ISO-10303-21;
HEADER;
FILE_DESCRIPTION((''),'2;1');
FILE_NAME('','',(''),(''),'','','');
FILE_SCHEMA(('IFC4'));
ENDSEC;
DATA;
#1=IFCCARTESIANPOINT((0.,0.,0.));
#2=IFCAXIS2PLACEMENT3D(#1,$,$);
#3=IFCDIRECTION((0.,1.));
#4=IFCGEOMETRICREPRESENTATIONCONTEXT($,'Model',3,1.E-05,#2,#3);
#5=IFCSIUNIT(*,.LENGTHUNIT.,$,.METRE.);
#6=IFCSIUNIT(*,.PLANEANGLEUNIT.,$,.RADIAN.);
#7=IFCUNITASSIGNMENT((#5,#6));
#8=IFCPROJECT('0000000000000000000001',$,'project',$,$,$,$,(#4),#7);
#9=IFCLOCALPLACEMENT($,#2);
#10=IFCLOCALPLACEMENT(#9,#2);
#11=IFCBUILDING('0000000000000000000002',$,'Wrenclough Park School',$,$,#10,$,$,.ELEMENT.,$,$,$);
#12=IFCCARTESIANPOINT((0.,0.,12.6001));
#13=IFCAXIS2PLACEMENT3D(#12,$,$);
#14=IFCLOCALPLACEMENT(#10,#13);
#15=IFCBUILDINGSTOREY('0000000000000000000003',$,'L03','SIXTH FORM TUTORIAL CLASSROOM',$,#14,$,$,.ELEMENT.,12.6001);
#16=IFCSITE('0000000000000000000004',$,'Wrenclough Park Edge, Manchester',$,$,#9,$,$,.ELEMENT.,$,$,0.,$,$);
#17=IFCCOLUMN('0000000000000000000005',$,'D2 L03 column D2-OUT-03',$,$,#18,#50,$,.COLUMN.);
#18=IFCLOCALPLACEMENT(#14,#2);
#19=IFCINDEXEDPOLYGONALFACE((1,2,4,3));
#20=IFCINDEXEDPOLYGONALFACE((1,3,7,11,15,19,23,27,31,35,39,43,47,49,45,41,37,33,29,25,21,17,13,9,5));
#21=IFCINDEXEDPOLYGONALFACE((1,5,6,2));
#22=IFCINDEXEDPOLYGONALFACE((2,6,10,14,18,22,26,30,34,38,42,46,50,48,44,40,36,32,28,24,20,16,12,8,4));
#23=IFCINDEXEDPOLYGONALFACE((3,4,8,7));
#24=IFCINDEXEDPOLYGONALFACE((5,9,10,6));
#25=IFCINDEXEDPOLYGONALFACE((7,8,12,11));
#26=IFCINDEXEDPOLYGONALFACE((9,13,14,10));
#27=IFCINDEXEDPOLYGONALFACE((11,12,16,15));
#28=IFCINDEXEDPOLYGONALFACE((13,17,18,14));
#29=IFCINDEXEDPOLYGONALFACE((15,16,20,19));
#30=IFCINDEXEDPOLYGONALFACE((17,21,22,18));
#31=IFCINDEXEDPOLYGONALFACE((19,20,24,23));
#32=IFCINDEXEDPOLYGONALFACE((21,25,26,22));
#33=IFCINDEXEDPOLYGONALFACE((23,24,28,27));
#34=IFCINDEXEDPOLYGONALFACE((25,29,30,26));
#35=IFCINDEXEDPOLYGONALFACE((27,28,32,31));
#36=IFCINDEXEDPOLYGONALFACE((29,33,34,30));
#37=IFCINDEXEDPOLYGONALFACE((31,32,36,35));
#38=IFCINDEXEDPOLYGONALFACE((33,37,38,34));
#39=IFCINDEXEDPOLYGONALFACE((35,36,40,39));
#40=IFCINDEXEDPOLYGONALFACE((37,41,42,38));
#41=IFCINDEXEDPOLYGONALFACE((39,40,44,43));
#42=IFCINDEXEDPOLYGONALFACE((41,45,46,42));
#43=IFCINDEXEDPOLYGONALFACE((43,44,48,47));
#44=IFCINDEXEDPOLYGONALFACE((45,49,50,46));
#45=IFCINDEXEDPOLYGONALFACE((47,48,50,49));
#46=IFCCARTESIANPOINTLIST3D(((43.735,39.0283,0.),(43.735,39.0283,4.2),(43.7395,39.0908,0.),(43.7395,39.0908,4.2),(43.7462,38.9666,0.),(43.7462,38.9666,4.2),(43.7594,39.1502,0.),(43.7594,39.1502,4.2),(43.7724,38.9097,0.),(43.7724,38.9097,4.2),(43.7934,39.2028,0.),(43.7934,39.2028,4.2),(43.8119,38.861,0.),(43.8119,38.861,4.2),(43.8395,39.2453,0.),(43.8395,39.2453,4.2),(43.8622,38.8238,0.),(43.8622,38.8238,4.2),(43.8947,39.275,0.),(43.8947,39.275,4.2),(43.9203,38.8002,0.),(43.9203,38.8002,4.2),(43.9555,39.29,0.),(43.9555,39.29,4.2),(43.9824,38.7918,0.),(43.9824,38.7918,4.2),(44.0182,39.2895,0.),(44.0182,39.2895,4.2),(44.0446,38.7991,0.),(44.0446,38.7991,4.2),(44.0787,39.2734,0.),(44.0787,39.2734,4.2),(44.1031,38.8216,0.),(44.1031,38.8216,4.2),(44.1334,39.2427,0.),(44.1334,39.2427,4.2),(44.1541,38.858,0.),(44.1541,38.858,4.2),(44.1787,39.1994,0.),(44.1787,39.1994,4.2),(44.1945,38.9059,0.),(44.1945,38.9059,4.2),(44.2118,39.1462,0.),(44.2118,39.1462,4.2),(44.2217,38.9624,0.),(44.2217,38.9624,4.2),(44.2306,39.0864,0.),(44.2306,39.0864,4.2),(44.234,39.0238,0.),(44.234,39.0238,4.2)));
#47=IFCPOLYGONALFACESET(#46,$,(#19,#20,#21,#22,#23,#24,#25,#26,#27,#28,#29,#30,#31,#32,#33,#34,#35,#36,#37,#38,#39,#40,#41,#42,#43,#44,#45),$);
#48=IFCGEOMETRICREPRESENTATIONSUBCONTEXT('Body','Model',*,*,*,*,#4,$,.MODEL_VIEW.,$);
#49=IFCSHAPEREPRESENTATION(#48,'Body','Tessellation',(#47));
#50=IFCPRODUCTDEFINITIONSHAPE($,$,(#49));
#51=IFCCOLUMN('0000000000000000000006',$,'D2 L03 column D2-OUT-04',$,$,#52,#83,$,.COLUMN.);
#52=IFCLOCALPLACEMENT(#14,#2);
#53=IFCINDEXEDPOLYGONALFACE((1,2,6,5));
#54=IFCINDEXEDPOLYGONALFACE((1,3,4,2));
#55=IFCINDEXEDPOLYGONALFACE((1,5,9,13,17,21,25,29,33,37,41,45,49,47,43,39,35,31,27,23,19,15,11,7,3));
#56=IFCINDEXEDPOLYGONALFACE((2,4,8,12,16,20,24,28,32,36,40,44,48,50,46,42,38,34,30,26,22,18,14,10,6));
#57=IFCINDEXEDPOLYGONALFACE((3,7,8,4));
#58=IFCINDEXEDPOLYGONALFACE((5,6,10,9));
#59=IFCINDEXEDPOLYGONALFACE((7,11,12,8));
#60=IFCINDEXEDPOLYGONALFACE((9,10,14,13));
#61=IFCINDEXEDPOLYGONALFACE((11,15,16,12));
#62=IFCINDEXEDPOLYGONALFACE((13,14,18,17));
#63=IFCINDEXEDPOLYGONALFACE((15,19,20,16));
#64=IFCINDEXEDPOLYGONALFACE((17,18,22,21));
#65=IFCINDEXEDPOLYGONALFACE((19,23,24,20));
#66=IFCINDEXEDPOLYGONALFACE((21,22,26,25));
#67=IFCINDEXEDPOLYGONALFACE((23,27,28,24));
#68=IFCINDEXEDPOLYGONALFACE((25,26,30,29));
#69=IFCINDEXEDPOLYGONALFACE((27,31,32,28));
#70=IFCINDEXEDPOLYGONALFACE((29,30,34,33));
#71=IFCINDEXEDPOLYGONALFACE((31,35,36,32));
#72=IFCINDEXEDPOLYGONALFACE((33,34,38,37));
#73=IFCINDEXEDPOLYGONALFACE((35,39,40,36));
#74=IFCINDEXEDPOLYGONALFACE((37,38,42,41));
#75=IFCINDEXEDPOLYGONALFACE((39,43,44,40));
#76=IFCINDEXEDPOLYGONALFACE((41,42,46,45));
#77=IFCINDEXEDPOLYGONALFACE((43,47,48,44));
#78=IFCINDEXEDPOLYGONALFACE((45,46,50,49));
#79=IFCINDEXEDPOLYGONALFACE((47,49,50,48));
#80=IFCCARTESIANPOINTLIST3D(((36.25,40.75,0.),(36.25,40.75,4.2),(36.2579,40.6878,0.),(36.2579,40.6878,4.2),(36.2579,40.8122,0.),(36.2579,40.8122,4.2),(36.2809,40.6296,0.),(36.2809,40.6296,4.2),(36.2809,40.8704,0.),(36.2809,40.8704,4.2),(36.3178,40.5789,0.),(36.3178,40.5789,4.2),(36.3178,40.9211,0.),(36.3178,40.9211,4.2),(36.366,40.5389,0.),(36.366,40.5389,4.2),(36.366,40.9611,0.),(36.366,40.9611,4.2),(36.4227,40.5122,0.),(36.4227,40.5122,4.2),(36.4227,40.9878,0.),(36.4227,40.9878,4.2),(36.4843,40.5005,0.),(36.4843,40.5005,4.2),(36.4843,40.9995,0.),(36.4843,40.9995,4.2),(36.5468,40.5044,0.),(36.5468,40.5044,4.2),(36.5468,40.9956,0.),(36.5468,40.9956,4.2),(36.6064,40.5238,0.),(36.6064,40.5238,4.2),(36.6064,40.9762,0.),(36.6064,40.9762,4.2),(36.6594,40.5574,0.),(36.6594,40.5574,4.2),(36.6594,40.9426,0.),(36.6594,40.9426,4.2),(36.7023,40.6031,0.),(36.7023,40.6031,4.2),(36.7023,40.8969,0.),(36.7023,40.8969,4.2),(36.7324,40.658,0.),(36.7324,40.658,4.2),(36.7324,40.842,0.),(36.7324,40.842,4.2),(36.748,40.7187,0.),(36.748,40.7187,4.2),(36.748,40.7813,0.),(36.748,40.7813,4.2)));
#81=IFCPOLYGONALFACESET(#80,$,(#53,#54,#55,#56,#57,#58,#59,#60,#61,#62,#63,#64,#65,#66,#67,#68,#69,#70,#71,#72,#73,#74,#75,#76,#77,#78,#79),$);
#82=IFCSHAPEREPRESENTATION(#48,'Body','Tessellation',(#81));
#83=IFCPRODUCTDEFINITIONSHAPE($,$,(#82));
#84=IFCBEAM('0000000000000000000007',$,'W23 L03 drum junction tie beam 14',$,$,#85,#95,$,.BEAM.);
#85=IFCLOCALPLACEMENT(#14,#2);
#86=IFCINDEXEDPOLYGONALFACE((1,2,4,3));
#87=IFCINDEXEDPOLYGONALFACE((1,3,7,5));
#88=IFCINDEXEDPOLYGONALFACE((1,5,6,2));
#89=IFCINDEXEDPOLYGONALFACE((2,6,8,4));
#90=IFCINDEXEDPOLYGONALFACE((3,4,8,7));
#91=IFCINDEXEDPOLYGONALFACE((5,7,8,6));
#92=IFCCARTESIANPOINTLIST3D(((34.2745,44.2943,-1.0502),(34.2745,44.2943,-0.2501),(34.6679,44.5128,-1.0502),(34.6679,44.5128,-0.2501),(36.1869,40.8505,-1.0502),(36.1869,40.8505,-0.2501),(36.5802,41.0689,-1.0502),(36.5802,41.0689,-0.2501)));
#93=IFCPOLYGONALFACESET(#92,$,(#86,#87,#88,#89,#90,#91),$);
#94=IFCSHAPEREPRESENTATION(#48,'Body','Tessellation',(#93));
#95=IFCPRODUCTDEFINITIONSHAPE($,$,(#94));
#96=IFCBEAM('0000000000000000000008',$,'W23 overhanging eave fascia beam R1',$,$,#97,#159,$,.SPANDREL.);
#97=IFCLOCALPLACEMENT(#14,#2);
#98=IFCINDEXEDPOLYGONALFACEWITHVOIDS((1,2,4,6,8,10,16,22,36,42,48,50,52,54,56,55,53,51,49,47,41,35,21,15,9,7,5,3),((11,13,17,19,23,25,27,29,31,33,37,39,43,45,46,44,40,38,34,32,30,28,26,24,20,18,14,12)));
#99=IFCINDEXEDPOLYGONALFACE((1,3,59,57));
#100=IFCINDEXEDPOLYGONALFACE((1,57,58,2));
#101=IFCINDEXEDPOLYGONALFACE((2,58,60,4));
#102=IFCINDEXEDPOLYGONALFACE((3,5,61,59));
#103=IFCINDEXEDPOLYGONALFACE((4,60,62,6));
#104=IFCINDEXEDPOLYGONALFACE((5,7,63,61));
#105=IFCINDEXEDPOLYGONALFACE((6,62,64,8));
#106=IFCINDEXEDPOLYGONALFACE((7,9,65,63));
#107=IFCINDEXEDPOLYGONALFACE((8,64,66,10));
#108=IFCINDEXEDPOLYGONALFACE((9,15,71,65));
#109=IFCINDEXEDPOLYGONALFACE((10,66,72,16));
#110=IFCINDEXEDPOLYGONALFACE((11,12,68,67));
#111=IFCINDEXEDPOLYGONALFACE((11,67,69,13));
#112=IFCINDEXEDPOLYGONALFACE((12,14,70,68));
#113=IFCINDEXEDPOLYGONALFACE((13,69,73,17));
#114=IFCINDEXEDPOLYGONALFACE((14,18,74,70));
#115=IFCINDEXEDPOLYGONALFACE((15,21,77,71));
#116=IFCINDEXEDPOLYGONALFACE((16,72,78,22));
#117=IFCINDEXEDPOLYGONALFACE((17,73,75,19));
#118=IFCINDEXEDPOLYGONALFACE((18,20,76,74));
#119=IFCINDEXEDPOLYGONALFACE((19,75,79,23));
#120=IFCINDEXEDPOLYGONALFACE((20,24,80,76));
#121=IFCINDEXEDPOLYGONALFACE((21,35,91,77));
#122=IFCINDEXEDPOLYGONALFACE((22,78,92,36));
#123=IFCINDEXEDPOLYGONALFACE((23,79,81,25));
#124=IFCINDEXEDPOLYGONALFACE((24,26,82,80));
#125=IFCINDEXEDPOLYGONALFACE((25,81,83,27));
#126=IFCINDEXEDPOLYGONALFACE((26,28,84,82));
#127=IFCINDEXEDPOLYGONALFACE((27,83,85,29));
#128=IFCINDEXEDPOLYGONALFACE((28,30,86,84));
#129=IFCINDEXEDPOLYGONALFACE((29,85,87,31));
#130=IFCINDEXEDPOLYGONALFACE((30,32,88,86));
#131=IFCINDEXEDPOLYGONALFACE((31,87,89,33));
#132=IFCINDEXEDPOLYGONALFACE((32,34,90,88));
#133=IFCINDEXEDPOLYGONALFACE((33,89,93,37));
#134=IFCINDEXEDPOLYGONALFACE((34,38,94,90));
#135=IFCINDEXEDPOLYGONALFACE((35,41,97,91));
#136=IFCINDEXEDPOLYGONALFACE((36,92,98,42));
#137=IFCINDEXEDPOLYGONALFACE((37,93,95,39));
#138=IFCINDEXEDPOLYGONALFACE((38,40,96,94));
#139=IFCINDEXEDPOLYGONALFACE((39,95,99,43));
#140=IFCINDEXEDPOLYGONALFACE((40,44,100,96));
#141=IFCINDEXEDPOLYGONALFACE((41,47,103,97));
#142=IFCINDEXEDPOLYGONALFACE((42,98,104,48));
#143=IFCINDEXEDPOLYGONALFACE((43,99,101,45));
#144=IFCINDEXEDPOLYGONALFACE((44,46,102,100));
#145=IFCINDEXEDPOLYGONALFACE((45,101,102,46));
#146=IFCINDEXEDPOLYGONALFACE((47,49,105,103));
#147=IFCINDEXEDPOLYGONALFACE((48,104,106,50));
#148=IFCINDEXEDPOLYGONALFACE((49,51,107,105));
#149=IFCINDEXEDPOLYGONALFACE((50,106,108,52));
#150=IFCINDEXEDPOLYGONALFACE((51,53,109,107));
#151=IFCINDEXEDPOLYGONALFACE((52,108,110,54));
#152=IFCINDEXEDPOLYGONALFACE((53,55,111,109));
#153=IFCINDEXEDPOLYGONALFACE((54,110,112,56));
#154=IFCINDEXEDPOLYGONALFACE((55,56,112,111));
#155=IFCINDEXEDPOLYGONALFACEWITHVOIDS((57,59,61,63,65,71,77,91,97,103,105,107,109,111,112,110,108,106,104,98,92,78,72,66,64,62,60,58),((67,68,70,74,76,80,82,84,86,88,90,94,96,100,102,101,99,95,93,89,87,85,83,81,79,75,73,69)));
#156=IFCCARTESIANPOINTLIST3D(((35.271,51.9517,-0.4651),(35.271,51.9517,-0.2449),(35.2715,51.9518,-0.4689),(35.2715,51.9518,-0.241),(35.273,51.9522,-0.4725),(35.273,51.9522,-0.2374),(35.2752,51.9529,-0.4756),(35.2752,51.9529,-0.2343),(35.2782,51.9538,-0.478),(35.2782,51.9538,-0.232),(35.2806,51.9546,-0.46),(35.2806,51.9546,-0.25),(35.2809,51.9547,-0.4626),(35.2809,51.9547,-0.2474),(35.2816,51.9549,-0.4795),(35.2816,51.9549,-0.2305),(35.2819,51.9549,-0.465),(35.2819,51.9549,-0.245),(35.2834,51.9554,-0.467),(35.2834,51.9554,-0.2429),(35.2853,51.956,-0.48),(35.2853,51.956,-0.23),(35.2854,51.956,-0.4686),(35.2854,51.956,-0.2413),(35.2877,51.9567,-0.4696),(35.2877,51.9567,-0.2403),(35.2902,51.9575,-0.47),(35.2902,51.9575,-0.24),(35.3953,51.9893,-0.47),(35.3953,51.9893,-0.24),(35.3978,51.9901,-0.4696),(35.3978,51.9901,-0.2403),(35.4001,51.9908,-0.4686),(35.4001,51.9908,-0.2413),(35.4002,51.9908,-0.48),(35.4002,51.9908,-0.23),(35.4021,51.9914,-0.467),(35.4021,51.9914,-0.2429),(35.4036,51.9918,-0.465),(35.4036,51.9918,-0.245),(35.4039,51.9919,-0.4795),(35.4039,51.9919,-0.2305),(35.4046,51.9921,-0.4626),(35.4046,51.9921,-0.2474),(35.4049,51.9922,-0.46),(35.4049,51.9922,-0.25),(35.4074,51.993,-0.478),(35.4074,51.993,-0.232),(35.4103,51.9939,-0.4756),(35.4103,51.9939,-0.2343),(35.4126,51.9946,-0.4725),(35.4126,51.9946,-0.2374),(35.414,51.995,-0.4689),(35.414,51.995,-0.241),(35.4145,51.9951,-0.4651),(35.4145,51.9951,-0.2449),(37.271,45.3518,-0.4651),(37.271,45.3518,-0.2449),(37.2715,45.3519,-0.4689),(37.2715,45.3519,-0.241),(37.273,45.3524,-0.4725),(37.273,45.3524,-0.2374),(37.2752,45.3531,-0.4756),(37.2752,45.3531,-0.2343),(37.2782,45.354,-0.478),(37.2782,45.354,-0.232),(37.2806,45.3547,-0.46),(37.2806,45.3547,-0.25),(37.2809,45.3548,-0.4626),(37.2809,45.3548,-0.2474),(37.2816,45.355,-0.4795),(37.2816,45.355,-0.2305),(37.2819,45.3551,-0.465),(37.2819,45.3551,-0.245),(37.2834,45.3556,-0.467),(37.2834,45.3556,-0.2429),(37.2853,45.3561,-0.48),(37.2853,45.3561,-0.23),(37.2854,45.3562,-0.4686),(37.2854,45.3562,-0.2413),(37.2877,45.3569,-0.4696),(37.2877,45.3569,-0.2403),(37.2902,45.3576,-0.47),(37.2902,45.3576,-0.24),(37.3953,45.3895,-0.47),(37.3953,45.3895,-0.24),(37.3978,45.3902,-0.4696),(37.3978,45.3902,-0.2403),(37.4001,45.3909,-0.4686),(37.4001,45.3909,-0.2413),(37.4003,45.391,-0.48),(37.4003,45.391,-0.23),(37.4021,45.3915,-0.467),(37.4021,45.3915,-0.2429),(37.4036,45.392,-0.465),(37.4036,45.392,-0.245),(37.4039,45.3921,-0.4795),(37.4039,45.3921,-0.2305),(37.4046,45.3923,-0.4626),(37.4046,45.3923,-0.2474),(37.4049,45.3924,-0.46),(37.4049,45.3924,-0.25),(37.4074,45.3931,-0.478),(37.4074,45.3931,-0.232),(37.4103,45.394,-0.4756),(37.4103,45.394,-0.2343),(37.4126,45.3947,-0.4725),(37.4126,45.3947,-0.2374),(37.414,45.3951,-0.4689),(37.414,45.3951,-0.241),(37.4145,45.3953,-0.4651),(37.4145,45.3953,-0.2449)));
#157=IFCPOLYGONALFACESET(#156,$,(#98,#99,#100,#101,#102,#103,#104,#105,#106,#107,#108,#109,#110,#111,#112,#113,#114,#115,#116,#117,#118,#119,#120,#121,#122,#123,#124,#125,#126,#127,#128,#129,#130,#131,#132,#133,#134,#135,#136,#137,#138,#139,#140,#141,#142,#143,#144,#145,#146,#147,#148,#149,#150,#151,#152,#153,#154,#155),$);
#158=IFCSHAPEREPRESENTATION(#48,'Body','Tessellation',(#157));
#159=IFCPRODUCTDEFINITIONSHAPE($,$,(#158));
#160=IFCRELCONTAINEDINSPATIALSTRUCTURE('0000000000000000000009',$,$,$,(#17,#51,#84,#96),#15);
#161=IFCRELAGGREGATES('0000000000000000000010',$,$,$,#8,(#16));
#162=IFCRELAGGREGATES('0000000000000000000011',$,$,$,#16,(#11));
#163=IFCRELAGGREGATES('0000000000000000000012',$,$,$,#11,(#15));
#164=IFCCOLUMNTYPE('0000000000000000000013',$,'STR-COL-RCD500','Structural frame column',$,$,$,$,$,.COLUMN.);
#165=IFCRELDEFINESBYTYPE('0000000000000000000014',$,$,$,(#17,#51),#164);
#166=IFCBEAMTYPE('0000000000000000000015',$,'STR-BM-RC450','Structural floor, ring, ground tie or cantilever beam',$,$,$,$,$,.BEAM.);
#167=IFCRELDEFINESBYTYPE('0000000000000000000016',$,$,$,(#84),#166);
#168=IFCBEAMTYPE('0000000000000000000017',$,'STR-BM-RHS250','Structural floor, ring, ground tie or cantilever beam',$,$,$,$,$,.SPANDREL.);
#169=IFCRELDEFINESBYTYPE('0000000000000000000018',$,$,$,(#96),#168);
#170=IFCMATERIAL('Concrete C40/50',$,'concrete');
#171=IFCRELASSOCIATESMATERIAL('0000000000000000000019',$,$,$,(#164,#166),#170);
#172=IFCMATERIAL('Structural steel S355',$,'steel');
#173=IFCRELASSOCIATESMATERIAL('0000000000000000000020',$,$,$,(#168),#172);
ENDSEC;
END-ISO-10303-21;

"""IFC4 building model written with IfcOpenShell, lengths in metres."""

from ifc_helpers import new_model, si_unit, direction, frame, origin, origin_2d, place, context, subcontext, project, spatial, rectangle, hollow_rectangle, circle, extrude, material, material_profile, profile_set, type_object, element, save


model = new_model("IFC4")

# Units and contexts
model_context = context("Model", 3, precision=1e-05, world=origin(), true_north=direction((0.0, 1.0)))
body_context = subcontext(model_context, "Body", "Model", "MODEL_VIEW")
ifc_project = project(units=[si_unit("LENGTHUNIT", "METRE"), si_unit("PLANEANGLEUNIT", "RADIAN")], contexts=[model_context])

# Site, building, storey
site_placement = place(None, origin())
site = spatial("IfcSite", under=ifc_project, at=site_placement, Name="Wrenclough Park Edge, Manchester", CompositionType="ELEMENT", RefElevation=0.0)
building_placement = place(site_placement, origin())
building = spatial("IfcBuilding", under=site, at=building_placement, Name="Wrenclough Park School", CompositionType="ELEMENT")
storey_placement = place(building_placement, frame((0.0, 0.0, 12.6001)))
storey = spatial("IfcBuildingStorey", under=building, at=storey_placement, Name="L03", Description="SIXTH FORM TUTORIAL CLASSROOM", CompositionType="ELEMENT", Elevation=12.6001)

# Columns
ifc_material_1 = material(Name="Concrete C40/50", Category="concrete")
ifc_material_profile_1 = material_profile(ifc_material_1, circle(Radius=0.25, at=origin_2d()), Name="RC COL D500")
ifc_profile_set_1 = profile_set([ifc_material_profile_1], Name="Concrete C40/50")
column_type = type_object("IfcColumnType", Name="STR-COL-RCD500", Description="Structural frame column", PredefinedType="COLUMN", material=ifc_profile_set_1)
for number, where, z_axis, x_axis, name in (
    (1, (43.9846, 39.0417, 0.0), (0.0, 0.0, 1.0), (-0.901001, 0.433816, 0.0), "D2 L03 column D2-OUT-03"),
    (2, (36.5, 40.75, 0.0), (0.0, 0.0, 1.0), (-1.0, 0.0, 0.0), "D2 L03 column D2-OUT-04"),
):
    element("IfcColumn", number, at=place(storey_placement, frame(where, z_axis=z_axis, x_axis=x_axis)), inside=storey, type_object=column_type, Name=name, PredefinedType="COLUMN", context=body_context, shape_type="SweptSolid", body=[
        extrude(circle(Radius=0.25, at=origin_2d()), origin(), (0.0, 0.0, 1.0), 4.2),
    ])

# Beams
ifc_material_profile_2 = material_profile(ifc_material_1, rectangle(XDim=0.45, YDim=0.8, at=origin_2d()), Name="RC BEAM 450x800")
ifc_profile_set_2 = profile_set([ifc_material_profile_2], Name="Concrete C40/50")
beam_type_1 = type_object("IfcBeamType", Name="STR-BM-RC450", Description="Structural floor, ring, ground tie or cantilever beam", PredefinedType="BEAM", material=ifc_profile_set_2)
beam_1_placement = place(storey_placement, frame((34.4712, 44.4036, -0.6501), z_axis=(0.485469, -0.874254, 0.0), x_axis=(0.874254, 0.485469, 0.0)))
element("IfcBeam", 3, at=beam_1_placement, inside=storey, type_object=beam_type_1, Name="W23 L03 drum junction tie beam 14", PredefinedType="BEAM", context=body_context, shape_type="SweptSolid", body=[
    extrude(rectangle(XDim=0.45, YDim=0.8, at=origin_2d()), origin(), (0.0, 0.0, 1.0), 3.9392),
])
ifc_material_2 = material(Name="Structural steel S355", Category="steel")
ifc_material_profile_3 = material_profile(ifc_material_2, hollow_rectangle(XDim=0.1499, YDim=0.25, WallThickness=0.01, InnerFilletRadius=0.01, OuterFilletRadius=0.0149, at=origin_2d()), Name="RHS 250x150x10.0")
ifc_profile_set_3 = profile_set([ifc_material_profile_3], Name="Structural steel S355")
beam_type_2 = type_object("IfcBeamType", Name="STR-BM-RHS250", Description="Structural floor, ring, ground tie or cantilever beam", PredefinedType="SPANDREL", material=ifc_profile_set_3)
beam_2_placement = place(storey_placement, frame((37.3428, 45.3735, -0.355), z_axis=(-0.290013, 0.957023, 0.0), x_axis=(-0.957023, -0.290013, 0.0)))
element("IfcBeam", 4, at=beam_2_placement, inside=storey, type_object=beam_type_2, Name="W23 overhanging eave fascia beam R1", PredefinedType="SPANDREL", context=body_context, shape_type="SweptSolid", body=[
    extrude(hollow_rectangle(XDim=0.1499, YDim=0.25, WallThickness=0.01, InnerFilletRadius=0.01, OuterFilletRadius=0.0149, at=origin_2d()), origin(), (0.0, 0.0, 1.0), 6.8962),
])

save(model, "model.ifc")
